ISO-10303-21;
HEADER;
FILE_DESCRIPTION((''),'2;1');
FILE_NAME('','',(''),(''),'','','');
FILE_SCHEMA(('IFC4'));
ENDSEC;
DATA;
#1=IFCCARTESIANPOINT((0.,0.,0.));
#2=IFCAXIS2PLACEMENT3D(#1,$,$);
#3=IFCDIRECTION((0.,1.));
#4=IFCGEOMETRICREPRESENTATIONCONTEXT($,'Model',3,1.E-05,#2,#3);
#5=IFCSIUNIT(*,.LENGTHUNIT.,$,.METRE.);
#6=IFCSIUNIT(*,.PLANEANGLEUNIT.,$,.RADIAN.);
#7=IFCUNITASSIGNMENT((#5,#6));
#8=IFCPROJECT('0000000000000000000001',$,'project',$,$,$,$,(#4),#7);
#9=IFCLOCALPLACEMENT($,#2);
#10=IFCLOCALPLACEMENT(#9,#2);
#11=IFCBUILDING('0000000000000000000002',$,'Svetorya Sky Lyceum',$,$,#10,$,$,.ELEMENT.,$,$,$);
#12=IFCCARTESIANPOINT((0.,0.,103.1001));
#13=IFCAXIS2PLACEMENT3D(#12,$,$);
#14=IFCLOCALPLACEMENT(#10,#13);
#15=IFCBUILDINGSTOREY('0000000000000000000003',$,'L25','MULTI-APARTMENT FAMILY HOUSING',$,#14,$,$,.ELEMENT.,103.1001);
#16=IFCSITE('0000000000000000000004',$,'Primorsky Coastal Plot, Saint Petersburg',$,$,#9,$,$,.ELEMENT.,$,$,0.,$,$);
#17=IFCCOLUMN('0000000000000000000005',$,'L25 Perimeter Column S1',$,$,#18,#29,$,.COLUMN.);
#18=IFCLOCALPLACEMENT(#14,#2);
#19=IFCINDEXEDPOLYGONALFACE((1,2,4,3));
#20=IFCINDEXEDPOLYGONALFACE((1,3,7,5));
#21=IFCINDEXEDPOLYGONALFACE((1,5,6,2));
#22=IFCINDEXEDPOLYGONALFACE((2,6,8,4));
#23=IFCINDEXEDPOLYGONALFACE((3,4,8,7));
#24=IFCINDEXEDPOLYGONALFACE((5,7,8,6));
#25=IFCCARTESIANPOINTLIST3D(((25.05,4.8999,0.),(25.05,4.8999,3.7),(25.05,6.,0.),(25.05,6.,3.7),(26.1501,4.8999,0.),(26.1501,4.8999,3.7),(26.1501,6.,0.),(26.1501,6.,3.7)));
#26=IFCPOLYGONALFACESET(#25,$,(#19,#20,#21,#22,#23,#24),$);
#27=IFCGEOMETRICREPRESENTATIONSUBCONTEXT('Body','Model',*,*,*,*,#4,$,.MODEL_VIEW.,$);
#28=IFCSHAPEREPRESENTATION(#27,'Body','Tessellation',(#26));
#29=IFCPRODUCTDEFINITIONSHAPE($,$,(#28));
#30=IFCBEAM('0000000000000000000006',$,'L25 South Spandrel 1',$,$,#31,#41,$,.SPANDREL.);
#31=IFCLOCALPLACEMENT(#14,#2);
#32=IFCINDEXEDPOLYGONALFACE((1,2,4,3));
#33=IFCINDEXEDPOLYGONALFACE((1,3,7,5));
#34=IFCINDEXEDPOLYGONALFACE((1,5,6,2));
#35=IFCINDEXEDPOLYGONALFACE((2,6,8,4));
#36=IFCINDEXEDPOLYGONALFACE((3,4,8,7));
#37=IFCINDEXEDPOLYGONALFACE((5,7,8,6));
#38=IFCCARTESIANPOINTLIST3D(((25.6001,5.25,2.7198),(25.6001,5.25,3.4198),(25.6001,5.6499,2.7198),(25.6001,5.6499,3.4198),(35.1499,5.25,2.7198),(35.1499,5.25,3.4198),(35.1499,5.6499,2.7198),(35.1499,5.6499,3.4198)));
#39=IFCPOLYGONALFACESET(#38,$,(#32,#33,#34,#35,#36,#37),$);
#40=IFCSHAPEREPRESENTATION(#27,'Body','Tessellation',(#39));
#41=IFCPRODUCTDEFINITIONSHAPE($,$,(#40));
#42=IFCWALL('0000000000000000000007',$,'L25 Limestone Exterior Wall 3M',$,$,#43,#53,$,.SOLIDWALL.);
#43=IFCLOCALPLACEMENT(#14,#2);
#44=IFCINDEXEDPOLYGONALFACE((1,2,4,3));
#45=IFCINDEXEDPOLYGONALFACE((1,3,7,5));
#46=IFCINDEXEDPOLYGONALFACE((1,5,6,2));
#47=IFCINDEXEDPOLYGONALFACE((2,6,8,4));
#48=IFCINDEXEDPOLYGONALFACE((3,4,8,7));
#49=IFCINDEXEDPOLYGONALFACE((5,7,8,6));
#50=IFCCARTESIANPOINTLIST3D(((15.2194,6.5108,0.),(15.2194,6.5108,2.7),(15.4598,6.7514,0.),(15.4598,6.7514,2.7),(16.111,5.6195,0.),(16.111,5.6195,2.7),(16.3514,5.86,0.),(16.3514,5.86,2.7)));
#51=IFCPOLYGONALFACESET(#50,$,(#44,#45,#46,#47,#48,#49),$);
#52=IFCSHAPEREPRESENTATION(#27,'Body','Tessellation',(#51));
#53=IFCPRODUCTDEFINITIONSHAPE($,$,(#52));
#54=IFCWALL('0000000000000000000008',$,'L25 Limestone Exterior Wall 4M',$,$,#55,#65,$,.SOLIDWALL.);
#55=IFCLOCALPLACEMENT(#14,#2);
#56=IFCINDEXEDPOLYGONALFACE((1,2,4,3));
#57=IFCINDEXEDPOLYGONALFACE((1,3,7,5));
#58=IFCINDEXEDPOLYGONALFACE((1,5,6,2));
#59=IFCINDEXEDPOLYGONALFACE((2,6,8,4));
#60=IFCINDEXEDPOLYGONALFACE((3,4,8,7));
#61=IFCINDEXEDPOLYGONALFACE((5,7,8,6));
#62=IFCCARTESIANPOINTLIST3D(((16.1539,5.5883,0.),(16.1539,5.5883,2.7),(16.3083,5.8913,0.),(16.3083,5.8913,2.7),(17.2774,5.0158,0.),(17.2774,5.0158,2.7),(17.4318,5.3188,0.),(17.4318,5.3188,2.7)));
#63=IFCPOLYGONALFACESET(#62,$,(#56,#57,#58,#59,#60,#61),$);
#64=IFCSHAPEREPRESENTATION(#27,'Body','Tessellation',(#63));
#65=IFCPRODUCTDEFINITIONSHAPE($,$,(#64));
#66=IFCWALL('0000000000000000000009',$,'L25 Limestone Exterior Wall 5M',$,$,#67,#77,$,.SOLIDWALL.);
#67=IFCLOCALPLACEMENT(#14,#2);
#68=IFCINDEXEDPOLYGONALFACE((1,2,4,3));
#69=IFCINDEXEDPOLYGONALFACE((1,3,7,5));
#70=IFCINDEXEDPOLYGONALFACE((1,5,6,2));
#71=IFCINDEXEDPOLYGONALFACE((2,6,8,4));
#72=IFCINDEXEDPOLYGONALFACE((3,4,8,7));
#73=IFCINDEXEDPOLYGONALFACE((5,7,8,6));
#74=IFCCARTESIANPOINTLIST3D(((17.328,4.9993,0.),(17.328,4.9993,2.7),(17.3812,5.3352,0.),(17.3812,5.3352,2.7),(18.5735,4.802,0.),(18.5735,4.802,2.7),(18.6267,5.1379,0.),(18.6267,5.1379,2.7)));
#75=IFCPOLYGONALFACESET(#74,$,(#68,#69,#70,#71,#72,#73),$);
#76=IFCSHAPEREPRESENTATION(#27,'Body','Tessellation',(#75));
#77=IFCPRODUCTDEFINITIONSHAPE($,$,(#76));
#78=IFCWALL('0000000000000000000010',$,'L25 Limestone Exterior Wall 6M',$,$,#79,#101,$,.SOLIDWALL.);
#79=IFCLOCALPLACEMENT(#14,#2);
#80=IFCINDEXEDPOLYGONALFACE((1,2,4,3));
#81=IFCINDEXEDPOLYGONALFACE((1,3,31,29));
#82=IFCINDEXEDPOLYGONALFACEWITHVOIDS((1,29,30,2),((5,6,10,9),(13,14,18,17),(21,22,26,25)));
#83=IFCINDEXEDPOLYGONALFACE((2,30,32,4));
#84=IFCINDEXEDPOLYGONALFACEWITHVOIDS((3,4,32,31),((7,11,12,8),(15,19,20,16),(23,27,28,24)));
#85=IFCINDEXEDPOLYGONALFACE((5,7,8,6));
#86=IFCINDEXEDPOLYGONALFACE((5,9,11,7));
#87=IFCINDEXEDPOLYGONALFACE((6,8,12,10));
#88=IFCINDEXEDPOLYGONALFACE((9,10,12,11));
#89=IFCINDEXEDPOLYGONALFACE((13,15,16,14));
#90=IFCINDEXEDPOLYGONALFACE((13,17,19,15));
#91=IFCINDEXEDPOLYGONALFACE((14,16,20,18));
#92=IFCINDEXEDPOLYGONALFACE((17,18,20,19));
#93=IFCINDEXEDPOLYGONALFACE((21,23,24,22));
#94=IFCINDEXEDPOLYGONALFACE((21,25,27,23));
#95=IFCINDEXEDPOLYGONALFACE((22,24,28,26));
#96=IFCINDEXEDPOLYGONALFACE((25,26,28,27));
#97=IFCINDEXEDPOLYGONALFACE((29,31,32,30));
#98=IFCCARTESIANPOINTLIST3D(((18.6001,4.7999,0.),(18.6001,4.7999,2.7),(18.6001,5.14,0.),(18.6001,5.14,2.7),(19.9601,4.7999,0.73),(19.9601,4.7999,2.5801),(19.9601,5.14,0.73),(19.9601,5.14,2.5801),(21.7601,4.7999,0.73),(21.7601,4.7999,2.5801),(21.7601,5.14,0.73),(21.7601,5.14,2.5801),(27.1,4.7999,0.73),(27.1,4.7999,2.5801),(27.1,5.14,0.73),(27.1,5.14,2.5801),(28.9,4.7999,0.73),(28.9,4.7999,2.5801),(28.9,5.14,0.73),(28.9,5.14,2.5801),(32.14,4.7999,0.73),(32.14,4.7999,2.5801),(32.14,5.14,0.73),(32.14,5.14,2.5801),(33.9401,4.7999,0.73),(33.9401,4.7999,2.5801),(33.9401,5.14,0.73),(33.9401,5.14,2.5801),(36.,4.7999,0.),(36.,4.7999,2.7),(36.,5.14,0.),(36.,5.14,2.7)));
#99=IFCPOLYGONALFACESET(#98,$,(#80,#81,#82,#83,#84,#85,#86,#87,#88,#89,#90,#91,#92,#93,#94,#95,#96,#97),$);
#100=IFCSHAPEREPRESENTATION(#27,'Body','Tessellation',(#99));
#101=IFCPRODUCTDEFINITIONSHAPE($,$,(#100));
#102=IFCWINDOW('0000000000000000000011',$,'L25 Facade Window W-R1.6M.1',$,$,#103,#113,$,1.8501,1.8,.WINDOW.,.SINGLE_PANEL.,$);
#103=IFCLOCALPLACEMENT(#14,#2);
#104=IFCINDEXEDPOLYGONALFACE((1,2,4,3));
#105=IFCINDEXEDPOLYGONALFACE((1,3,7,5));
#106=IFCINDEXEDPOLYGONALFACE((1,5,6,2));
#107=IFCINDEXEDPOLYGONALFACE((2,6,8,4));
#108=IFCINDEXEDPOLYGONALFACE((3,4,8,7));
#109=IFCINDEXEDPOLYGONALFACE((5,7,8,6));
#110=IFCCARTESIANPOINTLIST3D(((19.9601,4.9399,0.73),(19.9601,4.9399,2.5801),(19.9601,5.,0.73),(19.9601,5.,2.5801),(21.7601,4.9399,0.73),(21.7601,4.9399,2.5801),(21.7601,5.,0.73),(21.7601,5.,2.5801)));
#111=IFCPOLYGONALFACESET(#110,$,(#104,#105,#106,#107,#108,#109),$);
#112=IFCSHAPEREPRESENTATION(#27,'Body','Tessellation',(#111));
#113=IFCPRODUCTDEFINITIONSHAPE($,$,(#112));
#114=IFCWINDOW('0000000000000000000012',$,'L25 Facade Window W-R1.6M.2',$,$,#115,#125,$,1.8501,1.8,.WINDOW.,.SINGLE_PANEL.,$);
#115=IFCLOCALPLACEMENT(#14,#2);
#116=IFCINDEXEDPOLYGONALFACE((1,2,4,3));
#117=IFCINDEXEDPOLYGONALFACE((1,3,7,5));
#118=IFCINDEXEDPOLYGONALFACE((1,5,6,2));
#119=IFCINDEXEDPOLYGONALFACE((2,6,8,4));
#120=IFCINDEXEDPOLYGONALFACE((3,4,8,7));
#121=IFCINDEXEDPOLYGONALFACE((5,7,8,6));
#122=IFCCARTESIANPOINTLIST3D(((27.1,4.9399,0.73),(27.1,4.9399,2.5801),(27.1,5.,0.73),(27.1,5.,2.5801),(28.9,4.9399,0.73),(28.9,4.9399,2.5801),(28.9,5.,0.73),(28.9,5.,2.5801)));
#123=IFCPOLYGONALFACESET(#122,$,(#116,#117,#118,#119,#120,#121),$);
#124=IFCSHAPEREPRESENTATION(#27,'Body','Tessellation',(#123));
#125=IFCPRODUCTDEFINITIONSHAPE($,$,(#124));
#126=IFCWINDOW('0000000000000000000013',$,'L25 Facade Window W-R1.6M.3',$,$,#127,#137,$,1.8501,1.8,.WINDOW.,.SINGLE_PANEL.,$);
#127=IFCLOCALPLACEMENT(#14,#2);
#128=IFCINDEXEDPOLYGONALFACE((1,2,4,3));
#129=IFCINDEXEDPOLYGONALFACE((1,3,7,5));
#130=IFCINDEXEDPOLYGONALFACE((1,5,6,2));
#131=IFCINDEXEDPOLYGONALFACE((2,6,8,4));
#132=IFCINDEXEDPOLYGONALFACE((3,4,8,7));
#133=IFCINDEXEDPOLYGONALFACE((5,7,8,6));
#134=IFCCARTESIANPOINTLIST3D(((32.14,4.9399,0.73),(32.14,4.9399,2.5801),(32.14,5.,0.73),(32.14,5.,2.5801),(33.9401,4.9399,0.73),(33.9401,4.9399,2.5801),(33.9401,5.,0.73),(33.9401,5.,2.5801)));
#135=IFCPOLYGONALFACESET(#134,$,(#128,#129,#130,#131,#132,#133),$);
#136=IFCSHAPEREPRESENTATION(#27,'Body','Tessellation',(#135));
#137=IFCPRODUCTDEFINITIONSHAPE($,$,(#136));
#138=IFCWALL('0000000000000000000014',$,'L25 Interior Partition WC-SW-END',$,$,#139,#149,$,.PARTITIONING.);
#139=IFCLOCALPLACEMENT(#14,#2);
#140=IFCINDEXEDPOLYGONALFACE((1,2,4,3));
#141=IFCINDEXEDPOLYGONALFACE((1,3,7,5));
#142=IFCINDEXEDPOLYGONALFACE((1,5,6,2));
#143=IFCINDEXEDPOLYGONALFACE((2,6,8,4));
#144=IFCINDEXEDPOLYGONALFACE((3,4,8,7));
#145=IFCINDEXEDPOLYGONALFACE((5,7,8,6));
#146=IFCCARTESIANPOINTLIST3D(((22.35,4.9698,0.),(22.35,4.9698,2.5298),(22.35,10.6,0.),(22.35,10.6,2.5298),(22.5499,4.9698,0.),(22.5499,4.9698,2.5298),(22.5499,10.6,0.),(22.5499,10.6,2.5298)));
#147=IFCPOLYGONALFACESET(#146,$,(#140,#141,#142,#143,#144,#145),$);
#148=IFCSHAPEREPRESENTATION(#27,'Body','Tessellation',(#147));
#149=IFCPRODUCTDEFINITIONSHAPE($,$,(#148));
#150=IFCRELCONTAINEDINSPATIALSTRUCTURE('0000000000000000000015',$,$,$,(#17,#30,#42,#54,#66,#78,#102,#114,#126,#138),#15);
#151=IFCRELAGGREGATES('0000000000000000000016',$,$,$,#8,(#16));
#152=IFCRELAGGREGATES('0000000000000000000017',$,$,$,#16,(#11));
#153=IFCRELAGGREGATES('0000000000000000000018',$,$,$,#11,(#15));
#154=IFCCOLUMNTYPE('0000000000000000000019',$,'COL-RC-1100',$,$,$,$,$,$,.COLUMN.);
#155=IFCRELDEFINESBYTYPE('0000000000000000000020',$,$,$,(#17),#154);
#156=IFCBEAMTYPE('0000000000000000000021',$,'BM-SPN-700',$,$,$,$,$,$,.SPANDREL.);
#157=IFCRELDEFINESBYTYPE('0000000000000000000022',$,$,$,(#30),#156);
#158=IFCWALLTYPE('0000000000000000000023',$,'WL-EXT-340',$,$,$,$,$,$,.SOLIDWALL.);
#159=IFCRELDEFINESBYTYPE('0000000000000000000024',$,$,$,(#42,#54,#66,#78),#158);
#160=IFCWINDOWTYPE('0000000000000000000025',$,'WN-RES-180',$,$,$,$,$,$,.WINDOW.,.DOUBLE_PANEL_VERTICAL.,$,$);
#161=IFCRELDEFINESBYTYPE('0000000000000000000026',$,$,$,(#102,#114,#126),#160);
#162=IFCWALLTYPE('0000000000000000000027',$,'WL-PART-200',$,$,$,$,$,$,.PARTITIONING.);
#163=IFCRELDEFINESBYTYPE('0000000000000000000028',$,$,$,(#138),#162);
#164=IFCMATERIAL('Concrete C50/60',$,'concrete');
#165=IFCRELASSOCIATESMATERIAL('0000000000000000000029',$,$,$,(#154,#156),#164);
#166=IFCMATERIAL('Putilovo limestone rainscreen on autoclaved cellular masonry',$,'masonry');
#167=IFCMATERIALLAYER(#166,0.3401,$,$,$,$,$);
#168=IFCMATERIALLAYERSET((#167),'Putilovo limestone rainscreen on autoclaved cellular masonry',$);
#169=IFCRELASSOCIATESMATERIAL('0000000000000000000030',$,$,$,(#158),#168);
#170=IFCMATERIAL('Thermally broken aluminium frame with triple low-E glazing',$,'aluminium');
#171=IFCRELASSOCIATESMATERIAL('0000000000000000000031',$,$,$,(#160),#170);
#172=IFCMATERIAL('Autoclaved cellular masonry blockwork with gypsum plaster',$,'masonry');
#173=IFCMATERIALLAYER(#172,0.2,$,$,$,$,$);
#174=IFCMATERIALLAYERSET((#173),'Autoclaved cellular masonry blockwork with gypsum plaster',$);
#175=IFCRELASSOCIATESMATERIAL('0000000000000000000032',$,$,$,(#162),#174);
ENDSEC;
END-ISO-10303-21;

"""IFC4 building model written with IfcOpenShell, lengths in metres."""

from ifc_helpers import new_model, si_unit, direction, frame, frame_2d, origin, origin_2d, place, context, subcontext, project, spatial, rectangle, extrude, material, layer, layer_set, material_profile, profile_set, type_object, element, fill, save


model = new_model("IFC4")

# Units and contexts
model_context = context("Model", 3, precision=1e-05, world=origin(), true_north=direction((0.0, 1.0)))
body_context = subcontext(model_context, "Body", "Model", "MODEL_VIEW")
ifc_project = project(units=[si_unit("LENGTHUNIT", "METRE"), si_unit("PLANEANGLEUNIT", "RADIAN")], contexts=[model_context])

# Site, building, storey
site_placement = place(None, origin())
site = spatial("IfcSite", under=ifc_project, at=site_placement, Name="Primorsky Coastal Plot, Saint Petersburg", CompositionType="ELEMENT", RefElevation=0.0)
building_placement = place(site_placement, origin())
building = spatial("IfcBuilding", under=site, at=building_placement, Name="Svetorya Sky Lyceum", CompositionType="ELEMENT")
storey_placement = place(building_placement, frame((0.0, 0.0, 103.1001)))
storey = spatial("IfcBuildingStorey", under=building, at=storey_placement, Name="L25", Description="MULTI-APARTMENT FAMILY HOUSING", CompositionType="ELEMENT", Elevation=103.1001)

# Column
ifc_material_1 = material(Name="Concrete C50/60", Category="concrete")
ifc_material_profile_1 = material_profile(ifc_material_1, rectangle(XDim=1.1001, YDim=1.1001, at=origin_2d()), Name="RC COL 1100x1100")
ifc_profile_set_1 = profile_set([ifc_material_profile_1], Name="Concrete C50/60")
column_type = type_object("IfcColumnType", Name="COL-RC-1100", PredefinedType="COLUMN", material=ifc_profile_set_1)
column_placement = place(storey_placement, frame((25.6001, 5.45, 0.0), z_axis=(0.0, 0.0, 1.0), x_axis=(1.0, 0.0, 0.0)))
element("IfcColumn", 1, at=column_placement, inside=storey, type_object=column_type, Name="L25 Perimeter Column S1", PredefinedType="COLUMN", context=body_context, shape_type="SweptSolid", body=[
    extrude(rectangle(XDim=1.1001, YDim=1.1001, at=origin_2d()), origin(), (0.0, 0.0, 1.0), 3.7),
])

# Beam
ifc_material_profile_2 = material_profile(ifc_material_1, rectangle(XDim=0.3999, YDim=0.7, at=origin_2d()), Name="RC SPANDREL 400x700")
ifc_profile_set_2 = profile_set([ifc_material_profile_2], Name="Concrete C50/60")
beam_type = type_object("IfcBeamType", Name="BM-SPN-700", PredefinedType="SPANDREL", material=ifc_profile_set_2)
beam_placement = place(storey_placement, frame((25.6001, 5.45, 3.0698), z_axis=(1.0, 0.0, 0.0), x_axis=(0.0, 1.0, 0.0)))
element("IfcBeam", 2, at=beam_placement, inside=storey, type_object=beam_type, Name="L25 South Spandrel 1", PredefinedType="SPANDREL", context=body_context, shape_type="SweptSolid", body=[
    extrude(rectangle(XDim=0.3999, YDim=0.7, at=origin_2d()), origin(), (0.0, 0.0, 1.0), 9.5498),
])

# Walls
ifc_material_2 = material(Name="Putilovo limestone rainscreen on autoclaved cellular masonry", Category="masonry")
ifc_layer_1 = layer(ifc_material_2, 0.3401)
ifc_layer_set_1 = layer_set([ifc_layer_1], Name="Putilovo limestone rainscreen on autoclaved cellular masonry")
wall_type_1 = type_object("IfcWallType", Name="WL-EXT-340", PredefinedType="SOLIDWALL", material=ifc_layer_set_1)
wall_1_placement = place(storey_placement, frame((15.3396, 6.6311, 0.0), z_axis=(0.0, 0.0, 1.0), x_axis=(0.707204, -0.70701, 0.0)))
element("IfcWall", 3, at=wall_1_placement, inside=storey, type_object=wall_type_1, Name="L25 Limestone Exterior Wall 3M", PredefinedType="SOLIDWALL", context=body_context, shape_type="SweptSolid", body=[
    extrude(rectangle(XDim=1.2607, YDim=0.3401, at=frame_2d((0.6304, 0.0))), origin(), (0.0, 0.0, 1.0), 2.7),
])
for number, where, z_axis, x_axis, name in (
    (4, (16.2312, 5.7397, 0.0), (0.0, 0.0, 1.0), (0.890994, -0.454016, 0.0), "L25 Limestone Exterior Wall 4M"),
    (5, (17.3547, 5.1672, 0.0), (0.0, 0.0, 1.0), (0.987686, -0.15645, 0.0), "L25 Limestone Exterior Wall 5M"),
):
    element("IfcWall", number, at=place(storey_placement, frame(where, z_axis=z_axis, x_axis=x_axis)), inside=storey, type_object=wall_type_1, Name=name, PredefinedType="SOLIDWALL", context=body_context, shape_type="SweptSolid", body=[
        extrude(rectangle(XDim=1.261, YDim=0.3401, at=frame_2d((0.6304, 0.0))), origin(), (0.0, 0.0, 1.0), 2.7),
    ])

# Wall, openings, windows
wall_2_placement = place(storey_placement, frame((18.6001, 4.97, 0.0), z_axis=(0.0, 0.0, 1.0), x_axis=(1.0, 0.0, 0.0)))
wall_2 = element("IfcWall", 6, at=wall_2_placement, inside=storey, type_object=wall_type_1, Name="L25 Limestone Exterior Wall 6M", PredefinedType="SOLIDWALL", context=body_context, shape_type="SweptSolid", body=[
    extrude(rectangle(XDim=17.3999, YDim=0.3401, at=frame_2d((8.7, 0.0))), origin(), (0.0, 0.0, 1.0), 2.7),
])
opening_1_placement = place(wall_2_placement, frame((1.3601, 0.0, 0.73)))
opening_1 = element("IfcOpeningElement", 7, at=opening_1_placement, cuts=wall_2, PredefinedType="OPENING", context=body_context, shape_type="SweptSolid", body=[
    extrude(rectangle(XDim=1.8, YDim=1.8501, at=frame_2d((0.8999, 0.925))), frame((0.0, 0.1799, 0.0), z_axis=(0.0, -1.0, 0.0), x_axis=(1.0, 0.0, 0.0)), (0.0, 0.0, 1.0), 0.3601),
])
opening_2_placement = place(wall_2_placement, frame((8.5, 0.0, 0.73)))
opening_2 = element("IfcOpeningElement", 8, at=opening_2_placement, cuts=wall_2, PredefinedType="OPENING", context=body_context, shape_type="SweptSolid", body=[
    extrude(rectangle(XDim=1.8, YDim=1.8501, at=frame_2d((0.8999, 0.925))), frame((0.0, 0.1799, 0.0), z_axis=(0.0, -1.0, 0.0), x_axis=(1.0, 0.0, 0.0)), (0.0, 0.0, 1.0), 0.3601),
])
opening_3_placement = place(wall_2_placement, frame((13.54, 0.0, 0.73)))
opening_3 = element("IfcOpeningElement", 9, at=opening_3_placement, cuts=wall_2, PredefinedType="OPENING", context=body_context, shape_type="SweptSolid", body=[
    extrude(rectangle(XDim=1.8, YDim=1.8501, at=frame_2d((0.8999, 0.925))), frame((0.0, 0.1799, 0.0), z_axis=(0.0, -1.0, 0.0), x_axis=(1.0, 0.0, 0.0)), (0.0, 0.0, 1.0), 0.3601),
])
ifc_material_3 = material(Name="Thermally broken aluminium frame with triple low-E glazing", Category="aluminium")
window_type = type_object("IfcWindowType", Name="WN-RES-180", PartitioningType="DOUBLE_PANEL_VERTICAL", PredefinedType="WINDOW", material=ifc_material_3)
window_1_placement = place(opening_1_placement, origin())
window_1 = element("IfcWindow", 10, at=window_1_placement, inside=storey, type_object=window_type, Name="L25 Facade Window W-R1.6M.1", OverallHeight=1.8501, OverallWidth=1.8, PartitioningType="SINGLE_PANEL", PredefinedType="WINDOW", context=body_context, shape_type="SweptSolid", body=[
    extrude(rectangle(XDim=1.8, YDim=1.8501, at=frame_2d((0.8999, 0.925))), frame((0.0, 0.03, 0.0), z_axis=(0.0, -1.0, 0.0), x_axis=(1.0, 0.0, 0.0)), (0.0, 0.0, 1.0), 0.0601),
])
fill(opening_1, window_1)
window_2_placement = place(opening_2_placement, origin())
window_2 = element("IfcWindow", 11, at=window_2_placement, inside=storey, type_object=window_type, Name="L25 Facade Window W-R1.6M.2", OverallHeight=1.8501, OverallWidth=1.8, PartitioningType="SINGLE_PANEL", PredefinedType="WINDOW", context=body_context, shape_type="SweptSolid", body=[
    extrude(rectangle(XDim=1.8, YDim=1.8501, at=frame_2d((0.8999, 0.925))), frame((0.0, 0.03, 0.0), z_axis=(0.0, -1.0, 0.0), x_axis=(1.0, 0.0, 0.0)), (0.0, 0.0, 1.0), 0.0601),
])
fill(opening_2, window_2)
window_3_placement = place(opening_3_placement, origin())
window_3 = element("IfcWindow", 12, at=window_3_placement, inside=storey, type_object=window_type, Name="L25 Facade Window W-R1.6M.3", OverallHeight=1.8501, OverallWidth=1.8, PartitioningType="SINGLE_PANEL", PredefinedType="WINDOW", context=body_context, shape_type="SweptSolid", body=[
    extrude(rectangle(XDim=1.8, YDim=1.8501, at=frame_2d((0.8999, 0.925))), frame((0.0, 0.03, 0.0), z_axis=(0.0, -1.0, 0.0), x_axis=(1.0, 0.0, 0.0)), (0.0, 0.0, 1.0), 0.0601),
])
fill(opening_3, window_3)

# Wall
ifc_material_4 = material(Name="Autoclaved cellular masonry blockwork with gypsum plaster", Category="masonry")
ifc_layer_2 = layer(ifc_material_4, 0.2)
ifc_layer_set_2 = layer_set([ifc_layer_2], Name="Autoclaved cellular masonry blockwork with gypsum plaster")
wall_type_2 = type_object("IfcWallType", Name="WL-PART-200", PredefinedType="PARTITIONING", material=ifc_layer_set_2)
wall_3_placement = place(storey_placement, frame((22.45, 4.97, 0.0), z_axis=(0.0, 0.0, 1.0), x_axis=(0.0, 1.0, 0.0)))
element("IfcWall", 13, at=wall_3_placement, inside=storey, type_object=wall_type_2, Name="L25 Interior Partition WC-SW-END", PredefinedType="PARTITIONING", context=body_context, shape_type="SweptSolid", body=[
    extrude(rectangle(XDim=5.6301, YDim=0.2, at=frame_2d((2.8149, 0.0))), origin(), (0.0, 0.0, 1.0), 2.5298),
])

save(model, "model.ifc")
